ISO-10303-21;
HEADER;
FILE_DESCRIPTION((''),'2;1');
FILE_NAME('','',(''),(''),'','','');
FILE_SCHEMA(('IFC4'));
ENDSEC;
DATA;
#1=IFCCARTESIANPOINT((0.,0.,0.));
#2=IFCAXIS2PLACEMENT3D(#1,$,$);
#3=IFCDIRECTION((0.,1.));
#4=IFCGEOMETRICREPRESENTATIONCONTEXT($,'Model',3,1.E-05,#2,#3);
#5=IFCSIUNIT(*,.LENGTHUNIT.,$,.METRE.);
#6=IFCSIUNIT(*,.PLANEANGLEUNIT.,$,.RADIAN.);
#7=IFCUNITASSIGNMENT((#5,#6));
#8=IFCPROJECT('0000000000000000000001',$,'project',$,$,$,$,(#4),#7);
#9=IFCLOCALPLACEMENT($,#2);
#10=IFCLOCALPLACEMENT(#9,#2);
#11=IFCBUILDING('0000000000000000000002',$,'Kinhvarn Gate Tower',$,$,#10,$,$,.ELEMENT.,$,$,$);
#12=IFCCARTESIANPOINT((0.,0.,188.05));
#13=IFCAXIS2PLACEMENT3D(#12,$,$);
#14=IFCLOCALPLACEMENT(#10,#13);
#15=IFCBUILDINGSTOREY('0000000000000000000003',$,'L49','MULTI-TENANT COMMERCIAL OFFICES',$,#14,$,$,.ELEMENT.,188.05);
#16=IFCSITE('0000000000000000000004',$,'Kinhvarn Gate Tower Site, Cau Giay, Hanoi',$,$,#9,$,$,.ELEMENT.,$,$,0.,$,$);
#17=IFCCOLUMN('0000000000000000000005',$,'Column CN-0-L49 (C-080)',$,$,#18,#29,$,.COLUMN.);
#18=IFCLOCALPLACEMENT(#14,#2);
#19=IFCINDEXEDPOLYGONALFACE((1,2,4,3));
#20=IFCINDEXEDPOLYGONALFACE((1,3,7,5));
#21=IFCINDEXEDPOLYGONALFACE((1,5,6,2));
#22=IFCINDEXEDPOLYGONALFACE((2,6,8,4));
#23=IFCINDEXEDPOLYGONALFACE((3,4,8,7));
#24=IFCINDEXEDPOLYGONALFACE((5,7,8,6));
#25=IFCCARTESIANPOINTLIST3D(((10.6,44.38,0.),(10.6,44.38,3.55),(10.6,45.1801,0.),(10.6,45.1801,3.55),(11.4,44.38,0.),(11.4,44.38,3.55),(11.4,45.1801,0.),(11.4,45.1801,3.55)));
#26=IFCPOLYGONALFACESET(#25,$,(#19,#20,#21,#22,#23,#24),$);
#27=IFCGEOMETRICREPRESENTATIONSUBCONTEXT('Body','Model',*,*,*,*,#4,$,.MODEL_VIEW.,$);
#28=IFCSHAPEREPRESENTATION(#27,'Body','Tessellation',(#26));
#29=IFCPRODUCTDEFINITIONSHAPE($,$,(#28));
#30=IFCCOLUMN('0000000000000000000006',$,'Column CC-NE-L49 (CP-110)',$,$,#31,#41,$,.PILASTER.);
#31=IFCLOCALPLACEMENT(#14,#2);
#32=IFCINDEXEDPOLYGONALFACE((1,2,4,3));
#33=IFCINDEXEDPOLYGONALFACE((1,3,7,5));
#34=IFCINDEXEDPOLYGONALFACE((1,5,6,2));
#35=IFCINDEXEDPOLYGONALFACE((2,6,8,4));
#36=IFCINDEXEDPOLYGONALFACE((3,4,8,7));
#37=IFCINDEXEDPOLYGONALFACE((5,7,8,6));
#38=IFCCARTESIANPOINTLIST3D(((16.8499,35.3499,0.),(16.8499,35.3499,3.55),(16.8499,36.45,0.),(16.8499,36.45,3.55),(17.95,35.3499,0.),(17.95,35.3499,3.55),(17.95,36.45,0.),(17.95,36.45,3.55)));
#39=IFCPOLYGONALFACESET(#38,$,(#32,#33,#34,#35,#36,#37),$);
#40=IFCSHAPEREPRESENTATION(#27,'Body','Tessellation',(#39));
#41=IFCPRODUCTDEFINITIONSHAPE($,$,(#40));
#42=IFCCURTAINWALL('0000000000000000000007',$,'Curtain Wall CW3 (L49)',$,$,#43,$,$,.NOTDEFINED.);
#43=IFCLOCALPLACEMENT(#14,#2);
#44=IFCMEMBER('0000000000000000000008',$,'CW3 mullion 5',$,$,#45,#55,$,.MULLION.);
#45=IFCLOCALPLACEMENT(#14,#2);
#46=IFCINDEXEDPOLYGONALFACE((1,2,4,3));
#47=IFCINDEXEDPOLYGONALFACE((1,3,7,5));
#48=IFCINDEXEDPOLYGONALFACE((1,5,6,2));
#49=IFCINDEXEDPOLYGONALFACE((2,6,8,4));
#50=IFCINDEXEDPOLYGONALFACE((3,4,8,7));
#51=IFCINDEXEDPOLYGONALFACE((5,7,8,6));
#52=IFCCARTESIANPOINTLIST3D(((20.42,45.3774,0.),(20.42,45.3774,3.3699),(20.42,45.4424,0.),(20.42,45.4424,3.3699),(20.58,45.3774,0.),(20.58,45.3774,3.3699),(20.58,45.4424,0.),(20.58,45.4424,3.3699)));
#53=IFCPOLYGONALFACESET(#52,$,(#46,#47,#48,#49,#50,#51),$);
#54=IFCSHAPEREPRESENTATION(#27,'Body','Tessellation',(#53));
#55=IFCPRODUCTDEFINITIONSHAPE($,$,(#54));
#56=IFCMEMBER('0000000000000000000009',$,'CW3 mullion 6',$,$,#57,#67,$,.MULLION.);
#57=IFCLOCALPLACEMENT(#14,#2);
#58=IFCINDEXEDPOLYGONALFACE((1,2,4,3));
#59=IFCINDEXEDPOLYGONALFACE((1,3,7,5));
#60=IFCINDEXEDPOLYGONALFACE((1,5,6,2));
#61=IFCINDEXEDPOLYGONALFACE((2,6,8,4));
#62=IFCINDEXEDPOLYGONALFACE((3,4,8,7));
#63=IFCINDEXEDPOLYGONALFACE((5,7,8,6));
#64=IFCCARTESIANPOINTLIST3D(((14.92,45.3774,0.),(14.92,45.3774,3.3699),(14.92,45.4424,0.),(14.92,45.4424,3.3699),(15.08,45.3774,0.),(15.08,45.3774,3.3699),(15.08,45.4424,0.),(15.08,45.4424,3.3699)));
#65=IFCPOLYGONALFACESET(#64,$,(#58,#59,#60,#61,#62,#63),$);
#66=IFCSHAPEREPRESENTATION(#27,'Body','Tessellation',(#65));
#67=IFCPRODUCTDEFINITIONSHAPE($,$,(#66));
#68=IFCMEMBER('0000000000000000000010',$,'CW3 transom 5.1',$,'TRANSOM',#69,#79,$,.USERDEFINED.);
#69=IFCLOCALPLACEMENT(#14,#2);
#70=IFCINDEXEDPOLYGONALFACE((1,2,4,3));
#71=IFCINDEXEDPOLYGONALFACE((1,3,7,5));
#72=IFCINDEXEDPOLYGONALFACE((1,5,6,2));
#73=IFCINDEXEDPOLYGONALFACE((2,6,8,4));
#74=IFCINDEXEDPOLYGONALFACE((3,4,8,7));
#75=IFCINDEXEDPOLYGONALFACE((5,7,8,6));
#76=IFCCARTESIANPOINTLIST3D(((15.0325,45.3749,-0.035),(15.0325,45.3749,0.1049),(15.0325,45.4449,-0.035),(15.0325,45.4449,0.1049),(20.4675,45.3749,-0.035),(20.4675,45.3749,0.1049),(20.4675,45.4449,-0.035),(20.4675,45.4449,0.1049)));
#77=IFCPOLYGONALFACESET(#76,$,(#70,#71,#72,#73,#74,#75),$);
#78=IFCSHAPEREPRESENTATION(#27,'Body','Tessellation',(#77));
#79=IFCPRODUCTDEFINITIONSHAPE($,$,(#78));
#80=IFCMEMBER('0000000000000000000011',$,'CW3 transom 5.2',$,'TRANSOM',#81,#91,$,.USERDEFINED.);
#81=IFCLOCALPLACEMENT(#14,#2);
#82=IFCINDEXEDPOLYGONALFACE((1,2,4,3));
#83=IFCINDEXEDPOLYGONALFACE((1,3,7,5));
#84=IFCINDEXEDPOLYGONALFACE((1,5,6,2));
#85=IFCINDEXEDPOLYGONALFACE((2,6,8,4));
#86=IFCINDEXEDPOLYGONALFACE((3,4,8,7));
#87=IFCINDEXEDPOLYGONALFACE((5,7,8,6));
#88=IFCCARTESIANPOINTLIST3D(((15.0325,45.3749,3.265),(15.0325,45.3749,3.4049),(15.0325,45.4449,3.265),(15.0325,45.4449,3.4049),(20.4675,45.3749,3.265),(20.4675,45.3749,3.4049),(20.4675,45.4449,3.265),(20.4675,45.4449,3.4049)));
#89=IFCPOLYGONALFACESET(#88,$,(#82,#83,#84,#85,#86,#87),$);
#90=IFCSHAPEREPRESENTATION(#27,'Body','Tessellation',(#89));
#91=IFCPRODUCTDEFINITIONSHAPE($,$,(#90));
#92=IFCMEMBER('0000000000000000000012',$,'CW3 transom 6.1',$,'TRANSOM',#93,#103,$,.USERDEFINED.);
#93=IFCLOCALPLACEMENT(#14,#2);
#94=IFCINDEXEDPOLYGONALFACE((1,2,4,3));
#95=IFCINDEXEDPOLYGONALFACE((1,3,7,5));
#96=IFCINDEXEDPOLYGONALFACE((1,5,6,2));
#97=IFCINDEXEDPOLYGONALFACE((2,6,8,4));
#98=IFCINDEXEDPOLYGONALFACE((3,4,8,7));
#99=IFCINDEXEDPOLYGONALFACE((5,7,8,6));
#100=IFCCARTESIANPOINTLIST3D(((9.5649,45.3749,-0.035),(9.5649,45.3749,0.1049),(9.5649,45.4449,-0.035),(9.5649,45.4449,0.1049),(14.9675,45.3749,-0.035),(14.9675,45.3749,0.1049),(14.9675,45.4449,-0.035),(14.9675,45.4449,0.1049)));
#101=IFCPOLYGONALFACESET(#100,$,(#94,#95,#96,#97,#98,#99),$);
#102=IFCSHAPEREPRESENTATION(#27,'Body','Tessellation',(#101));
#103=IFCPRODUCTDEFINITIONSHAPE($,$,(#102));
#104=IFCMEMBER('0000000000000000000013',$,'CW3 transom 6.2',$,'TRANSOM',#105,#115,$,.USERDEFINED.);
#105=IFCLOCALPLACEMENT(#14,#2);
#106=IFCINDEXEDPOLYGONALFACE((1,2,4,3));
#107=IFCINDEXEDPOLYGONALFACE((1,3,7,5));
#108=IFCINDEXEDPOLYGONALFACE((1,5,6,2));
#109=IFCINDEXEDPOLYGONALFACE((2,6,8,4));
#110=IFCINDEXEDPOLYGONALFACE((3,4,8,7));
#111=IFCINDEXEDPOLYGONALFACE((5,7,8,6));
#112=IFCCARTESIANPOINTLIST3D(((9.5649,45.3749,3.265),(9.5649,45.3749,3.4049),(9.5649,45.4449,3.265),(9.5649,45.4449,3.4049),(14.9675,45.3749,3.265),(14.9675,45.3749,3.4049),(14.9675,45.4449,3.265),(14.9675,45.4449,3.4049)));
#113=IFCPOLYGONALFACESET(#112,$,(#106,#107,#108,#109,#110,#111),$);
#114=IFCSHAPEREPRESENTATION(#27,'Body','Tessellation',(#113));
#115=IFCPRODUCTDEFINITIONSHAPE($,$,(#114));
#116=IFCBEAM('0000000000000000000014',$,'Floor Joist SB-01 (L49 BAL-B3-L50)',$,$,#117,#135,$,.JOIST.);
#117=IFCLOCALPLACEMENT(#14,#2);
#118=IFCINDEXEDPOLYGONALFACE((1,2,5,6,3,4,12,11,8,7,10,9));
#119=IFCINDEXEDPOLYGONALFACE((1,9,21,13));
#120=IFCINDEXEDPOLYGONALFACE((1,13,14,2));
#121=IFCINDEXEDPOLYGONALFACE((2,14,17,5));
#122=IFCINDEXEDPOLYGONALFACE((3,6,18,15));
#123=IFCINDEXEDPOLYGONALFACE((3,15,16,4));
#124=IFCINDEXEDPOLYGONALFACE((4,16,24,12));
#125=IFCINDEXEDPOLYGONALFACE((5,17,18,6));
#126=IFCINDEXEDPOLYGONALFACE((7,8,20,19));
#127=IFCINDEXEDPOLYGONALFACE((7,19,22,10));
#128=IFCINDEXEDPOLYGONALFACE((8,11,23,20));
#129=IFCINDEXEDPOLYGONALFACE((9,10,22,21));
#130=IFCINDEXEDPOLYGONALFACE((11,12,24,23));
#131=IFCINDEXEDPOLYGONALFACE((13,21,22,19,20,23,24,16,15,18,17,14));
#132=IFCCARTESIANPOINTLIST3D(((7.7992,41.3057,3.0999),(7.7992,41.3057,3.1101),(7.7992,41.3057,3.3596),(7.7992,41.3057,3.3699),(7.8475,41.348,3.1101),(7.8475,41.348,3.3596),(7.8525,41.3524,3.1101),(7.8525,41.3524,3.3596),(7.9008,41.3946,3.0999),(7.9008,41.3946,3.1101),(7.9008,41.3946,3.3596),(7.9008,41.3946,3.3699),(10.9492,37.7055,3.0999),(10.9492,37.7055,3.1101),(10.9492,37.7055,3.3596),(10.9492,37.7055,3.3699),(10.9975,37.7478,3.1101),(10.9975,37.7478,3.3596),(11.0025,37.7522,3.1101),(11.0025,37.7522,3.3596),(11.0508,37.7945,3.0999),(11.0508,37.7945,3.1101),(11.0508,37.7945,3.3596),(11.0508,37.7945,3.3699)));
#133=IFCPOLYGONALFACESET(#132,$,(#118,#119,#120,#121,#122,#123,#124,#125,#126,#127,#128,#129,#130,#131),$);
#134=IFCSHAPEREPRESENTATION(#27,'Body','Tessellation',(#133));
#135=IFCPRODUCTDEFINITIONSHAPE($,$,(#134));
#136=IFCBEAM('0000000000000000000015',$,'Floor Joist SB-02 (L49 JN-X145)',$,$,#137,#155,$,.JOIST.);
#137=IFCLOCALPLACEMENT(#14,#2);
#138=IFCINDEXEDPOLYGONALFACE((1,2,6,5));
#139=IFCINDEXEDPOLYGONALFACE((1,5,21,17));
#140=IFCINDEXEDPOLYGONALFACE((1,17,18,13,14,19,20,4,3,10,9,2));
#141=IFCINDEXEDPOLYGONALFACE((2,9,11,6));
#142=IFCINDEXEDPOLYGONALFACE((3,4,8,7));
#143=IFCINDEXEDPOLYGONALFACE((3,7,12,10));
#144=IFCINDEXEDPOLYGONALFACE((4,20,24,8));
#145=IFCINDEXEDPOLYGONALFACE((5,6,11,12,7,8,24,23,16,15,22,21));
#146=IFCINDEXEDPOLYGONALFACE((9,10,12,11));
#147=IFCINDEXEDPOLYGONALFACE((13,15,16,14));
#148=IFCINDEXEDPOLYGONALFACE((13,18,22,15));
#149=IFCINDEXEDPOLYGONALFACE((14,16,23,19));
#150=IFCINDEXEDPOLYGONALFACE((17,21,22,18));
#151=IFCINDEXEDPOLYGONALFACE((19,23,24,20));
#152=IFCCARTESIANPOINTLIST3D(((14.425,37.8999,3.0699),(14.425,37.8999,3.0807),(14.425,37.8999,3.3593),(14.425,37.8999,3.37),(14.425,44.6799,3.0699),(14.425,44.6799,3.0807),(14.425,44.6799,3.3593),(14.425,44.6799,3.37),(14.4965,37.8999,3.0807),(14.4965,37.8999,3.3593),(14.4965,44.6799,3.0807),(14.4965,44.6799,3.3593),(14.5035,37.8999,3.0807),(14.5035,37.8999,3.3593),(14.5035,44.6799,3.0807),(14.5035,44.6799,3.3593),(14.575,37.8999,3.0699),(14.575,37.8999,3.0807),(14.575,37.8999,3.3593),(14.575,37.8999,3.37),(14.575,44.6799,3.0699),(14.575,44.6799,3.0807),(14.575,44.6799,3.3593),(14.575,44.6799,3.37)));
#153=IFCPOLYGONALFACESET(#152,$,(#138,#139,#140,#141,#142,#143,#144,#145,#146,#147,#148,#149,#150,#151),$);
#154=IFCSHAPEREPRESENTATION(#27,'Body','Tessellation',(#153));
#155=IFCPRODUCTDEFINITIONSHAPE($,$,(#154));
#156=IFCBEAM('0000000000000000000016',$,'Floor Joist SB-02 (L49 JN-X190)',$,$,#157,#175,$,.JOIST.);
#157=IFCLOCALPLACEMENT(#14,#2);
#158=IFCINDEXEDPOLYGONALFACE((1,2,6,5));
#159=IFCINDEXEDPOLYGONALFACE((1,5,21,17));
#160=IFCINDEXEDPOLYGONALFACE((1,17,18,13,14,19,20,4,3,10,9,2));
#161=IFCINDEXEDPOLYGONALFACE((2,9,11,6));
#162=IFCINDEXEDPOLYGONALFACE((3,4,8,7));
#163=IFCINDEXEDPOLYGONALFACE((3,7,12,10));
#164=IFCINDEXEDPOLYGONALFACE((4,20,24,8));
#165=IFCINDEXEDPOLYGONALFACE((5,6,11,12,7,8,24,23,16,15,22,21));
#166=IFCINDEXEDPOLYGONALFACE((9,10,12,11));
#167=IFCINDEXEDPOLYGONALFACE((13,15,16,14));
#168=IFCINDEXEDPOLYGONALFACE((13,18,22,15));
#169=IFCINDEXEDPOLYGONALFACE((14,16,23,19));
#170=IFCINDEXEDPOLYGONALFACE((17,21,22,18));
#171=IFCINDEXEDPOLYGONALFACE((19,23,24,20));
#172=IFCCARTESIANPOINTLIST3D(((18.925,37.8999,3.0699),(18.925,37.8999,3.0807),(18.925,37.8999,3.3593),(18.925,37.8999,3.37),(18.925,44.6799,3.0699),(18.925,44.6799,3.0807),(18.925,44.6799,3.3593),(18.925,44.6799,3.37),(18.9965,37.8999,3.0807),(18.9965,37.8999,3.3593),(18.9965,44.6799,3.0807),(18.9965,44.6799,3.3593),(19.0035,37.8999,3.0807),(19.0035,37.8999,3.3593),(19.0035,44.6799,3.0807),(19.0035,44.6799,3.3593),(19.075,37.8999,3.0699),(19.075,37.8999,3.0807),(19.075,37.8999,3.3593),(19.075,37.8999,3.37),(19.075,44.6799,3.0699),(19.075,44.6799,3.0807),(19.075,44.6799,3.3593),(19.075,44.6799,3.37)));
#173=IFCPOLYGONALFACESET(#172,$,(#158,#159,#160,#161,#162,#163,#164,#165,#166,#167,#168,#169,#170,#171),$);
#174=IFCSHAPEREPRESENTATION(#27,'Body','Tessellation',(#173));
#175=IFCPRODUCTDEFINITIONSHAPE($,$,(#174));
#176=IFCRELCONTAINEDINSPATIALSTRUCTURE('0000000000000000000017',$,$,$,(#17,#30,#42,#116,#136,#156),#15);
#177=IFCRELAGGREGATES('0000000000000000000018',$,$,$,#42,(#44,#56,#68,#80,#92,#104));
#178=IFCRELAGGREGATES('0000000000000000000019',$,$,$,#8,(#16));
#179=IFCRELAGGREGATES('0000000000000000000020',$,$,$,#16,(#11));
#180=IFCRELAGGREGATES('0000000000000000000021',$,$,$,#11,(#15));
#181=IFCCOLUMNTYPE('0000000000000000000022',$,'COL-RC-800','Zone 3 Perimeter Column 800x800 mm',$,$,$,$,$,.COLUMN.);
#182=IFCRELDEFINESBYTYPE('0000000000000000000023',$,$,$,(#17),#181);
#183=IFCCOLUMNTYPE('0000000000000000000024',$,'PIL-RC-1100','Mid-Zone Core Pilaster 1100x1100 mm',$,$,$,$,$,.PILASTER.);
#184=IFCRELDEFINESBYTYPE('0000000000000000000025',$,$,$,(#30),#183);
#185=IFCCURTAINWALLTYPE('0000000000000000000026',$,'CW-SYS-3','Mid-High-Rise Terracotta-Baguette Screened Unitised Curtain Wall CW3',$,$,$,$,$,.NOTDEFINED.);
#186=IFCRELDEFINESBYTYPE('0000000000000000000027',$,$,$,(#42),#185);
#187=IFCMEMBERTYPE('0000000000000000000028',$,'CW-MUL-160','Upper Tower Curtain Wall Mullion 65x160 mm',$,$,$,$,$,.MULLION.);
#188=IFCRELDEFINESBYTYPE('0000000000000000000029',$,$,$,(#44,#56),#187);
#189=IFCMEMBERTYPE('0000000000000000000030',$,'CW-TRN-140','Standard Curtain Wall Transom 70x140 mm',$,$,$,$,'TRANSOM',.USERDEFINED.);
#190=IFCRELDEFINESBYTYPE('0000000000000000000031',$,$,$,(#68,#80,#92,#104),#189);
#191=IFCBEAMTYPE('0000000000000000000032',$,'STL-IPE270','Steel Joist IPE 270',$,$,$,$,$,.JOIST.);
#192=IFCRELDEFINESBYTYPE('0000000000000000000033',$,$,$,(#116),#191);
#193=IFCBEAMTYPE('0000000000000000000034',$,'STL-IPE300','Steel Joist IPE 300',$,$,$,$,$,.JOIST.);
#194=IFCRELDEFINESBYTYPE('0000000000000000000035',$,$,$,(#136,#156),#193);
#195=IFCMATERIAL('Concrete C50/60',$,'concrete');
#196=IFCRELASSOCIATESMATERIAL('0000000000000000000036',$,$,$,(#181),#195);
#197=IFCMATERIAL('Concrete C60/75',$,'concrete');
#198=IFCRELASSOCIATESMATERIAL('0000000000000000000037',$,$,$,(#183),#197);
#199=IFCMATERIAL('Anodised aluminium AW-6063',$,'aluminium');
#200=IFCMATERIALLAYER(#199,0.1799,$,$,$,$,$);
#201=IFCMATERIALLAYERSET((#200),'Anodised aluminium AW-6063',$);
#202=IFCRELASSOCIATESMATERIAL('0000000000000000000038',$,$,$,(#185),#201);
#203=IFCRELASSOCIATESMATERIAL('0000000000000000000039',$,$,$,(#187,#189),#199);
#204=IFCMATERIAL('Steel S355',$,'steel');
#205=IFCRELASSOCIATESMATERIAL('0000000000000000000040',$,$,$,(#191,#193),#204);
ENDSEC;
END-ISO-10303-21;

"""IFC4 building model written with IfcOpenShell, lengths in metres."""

from ifc_helpers import new_model, si_unit, direction, frame, origin, origin_2d, place, context, subcontext, project, spatial, rectangle, i_section, extrude, material, layer, layer_set, material_profile, profile_set, type_object, element, aggregate, save


model = new_model("IFC4")

# Units and contexts
model_context = context("Model", 3, precision=1e-05, world=origin(), true_north=direction((0.0, 1.0)))
body_context = subcontext(model_context, "Body", "Model", "MODEL_VIEW")
ifc_project = project(units=[si_unit("LENGTHUNIT", "METRE"), si_unit("PLANEANGLEUNIT", "RADIAN")], contexts=[model_context])

# Site, building, storey
site_placement = place(None, origin())
site = spatial("IfcSite", under=ifc_project, at=site_placement, Name="Kinhvarn Gate Tower Site, Cau Giay, Hanoi", CompositionType="ELEMENT", RefElevation=0.0)
building_placement = place(site_placement, origin())
building = spatial("IfcBuilding", under=site, at=building_placement, Name="Kinhvarn Gate Tower", CompositionType="ELEMENT")
storey_placement = place(building_placement, frame((0.0, 0.0, 188.05)))
storey = spatial("IfcBuildingStorey", under=building, at=storey_placement, Name="L49", Description="MULTI-TENANT COMMERCIAL OFFICES", CompositionType="ELEMENT", Elevation=188.05)

# Columns
ifc_material_1 = material(Name="Concrete C50/60", Category="concrete")
ifc_material_profile_1 = material_profile(ifc_material_1, rectangle(XDim=0.8, YDim=0.8, at=origin_2d()), Name="RC 800x800")
ifc_profile_set_1 = profile_set([ifc_material_profile_1], Name="Concrete C50/60")
column_type_1 = type_object("IfcColumnType", Name="COL-RC-800", Description="Zone 3 Perimeter Column 800x800 mm", PredefinedType="COLUMN", material=ifc_profile_set_1)
column_1_placement = place(storey_placement, frame((11.0, 44.78, 0.0), z_axis=(0.0, 0.0, 1.0), x_axis=(1.0, 0.0, 0.0)))
element("IfcColumn", 1, at=column_1_placement, inside=storey, type_object=column_type_1, Name="Column CN-0-L49 (C-080)", PredefinedType="COLUMN", context=body_context, shape_type="SweptSolid", body=[
    extrude(rectangle(XDim=0.8, YDim=0.8, at=origin_2d()), origin(), (0.0, 0.0, 1.0), 3.55),
])
ifc_material_2 = material(Name="Concrete C60/75", Category="concrete")
ifc_material_profile_2 = material_profile(ifc_material_2, rectangle(XDim=1.1001, YDim=1.1001, at=origin_2d()), Name="RC 1100x1100")
ifc_profile_set_2 = profile_set([ifc_material_profile_2], Name="Concrete C60/75")
column_type_2 = type_object("IfcColumnType", Name="PIL-RC-1100", Description="Mid-Zone Core Pilaster 1100x1100 mm", PredefinedType="PILASTER", material=ifc_profile_set_2)
column_2_placement = place(storey_placement, frame((17.3999, 35.8999, 0.0), z_axis=(0.0, 0.0, 1.0), x_axis=(1.0, 0.0, 0.0)))
element("IfcColumn", 2, at=column_2_placement, inside=storey, type_object=column_type_2, Name="Column CC-NE-L49 (CP-110)", PredefinedType="PILASTER", context=body_context, shape_type="SweptSolid", body=[
    extrude(rectangle(XDim=1.1001, YDim=1.1001, at=origin_2d()), origin(), (0.0, 0.0, 1.0), 3.55),
])

# Curtain wall, members
ifc_material_3 = material(Name="Anodised aluminium AW-6063", Category="aluminium")
ifc_layer_1 = layer(ifc_material_3, 0.1799)
ifc_layer_set_1 = layer_set([ifc_layer_1], Name="Anodised aluminium AW-6063")
curtain_wall_type = type_object("IfcCurtainWallType", Name="CW-SYS-3", Description="Mid-High-Rise Terracotta-Baguette Screened Unitised Curtain Wall CW3", PredefinedType="NOTDEFINED", material=ifc_layer_set_1)
curtain_wall_placement = place(storey_placement, origin())
curtain_wall = element("IfcCurtainWall", 3, at=curtain_wall_placement, inside=storey, type_object=curtain_wall_type, Name="Curtain Wall CW3 (L49)", PredefinedType="NOTDEFINED")
ifc_material_profile_3 = material_profile(ifc_material_3, rectangle(XDim=0.0649, YDim=0.1599, at=origin_2d()), Name="ALU 65x160")
ifc_profile_set_3 = profile_set([ifc_material_profile_3], Name="Anodised aluminium AW-6063")
member_type_1 = type_object("IfcMemberType", Name="CW-MUL-160", Description="Upper Tower Curtain Wall Mullion 65x160 mm", PredefinedType="MULLION", material=ifc_profile_set_3)
member_1_placement = place(storey_placement, frame((20.5, 45.4099, 0.0), z_axis=(0.0, 0.0, 1.0), x_axis=(0.0, -1.0, 0.0)))
member_1 = element("IfcMember", 4, at=member_1_placement, type_object=member_type_1, Name="CW3 mullion 5", PredefinedType="MULLION", context=body_context, shape_type="SweptSolid", body=[
    extrude(rectangle(XDim=0.0649, YDim=0.1599, at=origin_2d()), origin(), (0.0, 0.0, 1.0), 3.3699),
])
member_2_placement = place(storey_placement, frame((15.0, 45.4099, 0.0), z_axis=(0.0, 0.0, 1.0), x_axis=(0.0, -1.0, 0.0)))
member_2 = element("IfcMember", 5, at=member_2_placement, type_object=member_type_1, Name="CW3 mullion 6", PredefinedType="MULLION", context=body_context, shape_type="SweptSolid", body=[
    extrude(rectangle(XDim=0.0649, YDim=0.1599, at=origin_2d()), origin(), (0.0, 0.0, 1.0), 3.3699),
])
ifc_material_profile_4 = material_profile(ifc_material_3, rectangle(XDim=0.0701, YDim=0.1399, at=origin_2d()), Name="ALU 70x140")
ifc_profile_set_4 = profile_set([ifc_material_profile_4], Name="Anodised aluminium AW-6063")
member_type_2 = type_object("IfcMemberType", Name="CW-TRN-140", Description="Standard Curtain Wall Transom 70x140 mm", ElementType="TRANSOM", PredefinedType="USERDEFINED", material=ifc_profile_set_4)
member_3_placement = place(storey_placement, frame((20.4675, 45.4099, 0.0349), z_axis=(-1.0, 0.0, 0.0), x_axis=(0.0, -1.0, 0.0)))
member_3 = element("IfcMember", 6, at=member_3_placement, type_object=member_type_2, Name="CW3 transom 5.1", ObjectType="TRANSOM", PredefinedType="USERDEFINED", context=body_context, shape_type="SweptSolid", body=[
    extrude(rectangle(XDim=0.0701, YDim=0.1399, at=origin_2d()), origin(), (0.0, 0.0, 1.0), 5.4351),
])
member_4_placement = place(storey_placement, frame((20.4675, 45.4099, 3.335), z_axis=(-1.0, 0.0, 0.0), x_axis=(0.0, -1.0, 0.0)))
member_4 = element("IfcMember", 7, at=member_4_placement, type_object=member_type_2, Name="CW3 transom 5.2", ObjectType="TRANSOM", PredefinedType="USERDEFINED", context=body_context, shape_type="SweptSolid", body=[
    extrude(rectangle(XDim=0.0701, YDim=0.1399, at=origin_2d()), origin(), (0.0, 0.0, 1.0), 5.4351),
])
member_5_placement = place(storey_placement, frame((14.9675, 45.4099, 0.0349), z_axis=(-1.0, 0.0, 0.0), x_axis=(0.0, -1.0, 0.0)))
member_5 = element("IfcMember", 8, at=member_5_placement, type_object=member_type_2, Name="CW3 transom 6.1", ObjectType="TRANSOM", PredefinedType="USERDEFINED", context=body_context, shape_type="SweptSolid", body=[
    extrude(rectangle(XDim=0.0701, YDim=0.1399, at=origin_2d()), origin(), (0.0, 0.0, 1.0), 5.4026),
])
member_6_placement = place(storey_placement, frame((14.9675, 45.4099, 3.335), z_axis=(-1.0, 0.0, 0.0), x_axis=(0.0, -1.0, 0.0)))
member_6 = element("IfcMember", 9, at=member_6_placement, type_object=member_type_2, Name="CW3 transom 6.2", ObjectType="TRANSOM", PredefinedType="USERDEFINED", context=body_context, shape_type="SweptSolid", body=[
    extrude(rectangle(XDim=0.0701, YDim=0.1399, at=origin_2d()), origin(), (0.0, 0.0, 1.0), 5.4026),
])

# Beams
ifc_material_4 = material(Name="Steel S355", Category="steel")
ifc_material_profile_5 = material_profile(ifc_material_4, i_section(OverallWidth=0.135, OverallDepth=0.27, WebThickness=0.0066, FlangeThickness=0.0103, at=origin_2d()), Name="IPE 270")
ifc_profile_set_5 = profile_set([ifc_material_profile_5], Name="Steel S355")
beam_type_1 = type_object("IfcBeamType", Name="STL-IPE270", Description="Steel Joist IPE 270", PredefinedType="JOIST", material=ifc_profile_set_5)
beam_1_placement = place(storey_placement, frame((11.0, 37.75, 3.2349), z_axis=(-0.658483, 0.752596, 0.0), x_axis=(-0.752596, -0.658483, 0.0)))
element("IfcBeam", 10, at=beam_1_placement, inside=storey, type_object=beam_type_1, Name="Floor Joist SB-01 (L49 BAL-B3-L50)", PredefinedType="JOIST", context=body_context, shape_type="SweptSolid", body=[
    extrude(i_section(OverallWidth=0.135, OverallDepth=0.27, WebThickness=0.0066, FlangeThickness=0.0103, at=origin_2d()), origin(), (0.0, 0.0, 1.0), 4.7837),
])
ifc_material_profile_6 = material_profile(ifc_material_4, i_section(OverallWidth=0.1499, OverallDepth=0.3, WebThickness=0.0071, FlangeThickness=0.0107, at=origin_2d()), Name="IPE 300")
ifc_profile_set_6 = profile_set([ifc_material_profile_6], Name="Steel S355")
beam_type_2 = type_object("IfcBeamType", Name="STL-IPE300", Description="Steel Joist IPE 300", PredefinedType="JOIST", material=ifc_profile_set_6)
for number, where, z_axis, x_axis, name in (
    (11, (14.5, 37.8999, 3.22), (0.0, 1.0, 0.0), (-1.0, 0.0, 0.0), "Floor Joist SB-02 (L49 JN-X145)"),
    (12, (19.0, 37.8999, 3.22), (0.0, 1.0, 0.0), (-1.0, 0.0, 0.0), "Floor Joist SB-02 (L49 JN-X190)"),
):
    element("IfcBeam", number, at=place(storey_placement, frame(where, z_axis=z_axis, x_axis=x_axis)), inside=storey, type_object=beam_type_2, Name=name, PredefinedType="JOIST", context=body_context, shape_type="SweptSolid", body=[
        extrude(i_section(OverallWidth=0.1499, OverallDepth=0.3, WebThickness=0.0071, FlangeThickness=0.0107, at=origin_2d()), origin(), (0.0, 0.0, 1.0), 6.78),
    ])

aggregate(curtain_wall, [member_1, member_2, member_3, member_4, member_5, member_6])

save(model, "model.ifc")
